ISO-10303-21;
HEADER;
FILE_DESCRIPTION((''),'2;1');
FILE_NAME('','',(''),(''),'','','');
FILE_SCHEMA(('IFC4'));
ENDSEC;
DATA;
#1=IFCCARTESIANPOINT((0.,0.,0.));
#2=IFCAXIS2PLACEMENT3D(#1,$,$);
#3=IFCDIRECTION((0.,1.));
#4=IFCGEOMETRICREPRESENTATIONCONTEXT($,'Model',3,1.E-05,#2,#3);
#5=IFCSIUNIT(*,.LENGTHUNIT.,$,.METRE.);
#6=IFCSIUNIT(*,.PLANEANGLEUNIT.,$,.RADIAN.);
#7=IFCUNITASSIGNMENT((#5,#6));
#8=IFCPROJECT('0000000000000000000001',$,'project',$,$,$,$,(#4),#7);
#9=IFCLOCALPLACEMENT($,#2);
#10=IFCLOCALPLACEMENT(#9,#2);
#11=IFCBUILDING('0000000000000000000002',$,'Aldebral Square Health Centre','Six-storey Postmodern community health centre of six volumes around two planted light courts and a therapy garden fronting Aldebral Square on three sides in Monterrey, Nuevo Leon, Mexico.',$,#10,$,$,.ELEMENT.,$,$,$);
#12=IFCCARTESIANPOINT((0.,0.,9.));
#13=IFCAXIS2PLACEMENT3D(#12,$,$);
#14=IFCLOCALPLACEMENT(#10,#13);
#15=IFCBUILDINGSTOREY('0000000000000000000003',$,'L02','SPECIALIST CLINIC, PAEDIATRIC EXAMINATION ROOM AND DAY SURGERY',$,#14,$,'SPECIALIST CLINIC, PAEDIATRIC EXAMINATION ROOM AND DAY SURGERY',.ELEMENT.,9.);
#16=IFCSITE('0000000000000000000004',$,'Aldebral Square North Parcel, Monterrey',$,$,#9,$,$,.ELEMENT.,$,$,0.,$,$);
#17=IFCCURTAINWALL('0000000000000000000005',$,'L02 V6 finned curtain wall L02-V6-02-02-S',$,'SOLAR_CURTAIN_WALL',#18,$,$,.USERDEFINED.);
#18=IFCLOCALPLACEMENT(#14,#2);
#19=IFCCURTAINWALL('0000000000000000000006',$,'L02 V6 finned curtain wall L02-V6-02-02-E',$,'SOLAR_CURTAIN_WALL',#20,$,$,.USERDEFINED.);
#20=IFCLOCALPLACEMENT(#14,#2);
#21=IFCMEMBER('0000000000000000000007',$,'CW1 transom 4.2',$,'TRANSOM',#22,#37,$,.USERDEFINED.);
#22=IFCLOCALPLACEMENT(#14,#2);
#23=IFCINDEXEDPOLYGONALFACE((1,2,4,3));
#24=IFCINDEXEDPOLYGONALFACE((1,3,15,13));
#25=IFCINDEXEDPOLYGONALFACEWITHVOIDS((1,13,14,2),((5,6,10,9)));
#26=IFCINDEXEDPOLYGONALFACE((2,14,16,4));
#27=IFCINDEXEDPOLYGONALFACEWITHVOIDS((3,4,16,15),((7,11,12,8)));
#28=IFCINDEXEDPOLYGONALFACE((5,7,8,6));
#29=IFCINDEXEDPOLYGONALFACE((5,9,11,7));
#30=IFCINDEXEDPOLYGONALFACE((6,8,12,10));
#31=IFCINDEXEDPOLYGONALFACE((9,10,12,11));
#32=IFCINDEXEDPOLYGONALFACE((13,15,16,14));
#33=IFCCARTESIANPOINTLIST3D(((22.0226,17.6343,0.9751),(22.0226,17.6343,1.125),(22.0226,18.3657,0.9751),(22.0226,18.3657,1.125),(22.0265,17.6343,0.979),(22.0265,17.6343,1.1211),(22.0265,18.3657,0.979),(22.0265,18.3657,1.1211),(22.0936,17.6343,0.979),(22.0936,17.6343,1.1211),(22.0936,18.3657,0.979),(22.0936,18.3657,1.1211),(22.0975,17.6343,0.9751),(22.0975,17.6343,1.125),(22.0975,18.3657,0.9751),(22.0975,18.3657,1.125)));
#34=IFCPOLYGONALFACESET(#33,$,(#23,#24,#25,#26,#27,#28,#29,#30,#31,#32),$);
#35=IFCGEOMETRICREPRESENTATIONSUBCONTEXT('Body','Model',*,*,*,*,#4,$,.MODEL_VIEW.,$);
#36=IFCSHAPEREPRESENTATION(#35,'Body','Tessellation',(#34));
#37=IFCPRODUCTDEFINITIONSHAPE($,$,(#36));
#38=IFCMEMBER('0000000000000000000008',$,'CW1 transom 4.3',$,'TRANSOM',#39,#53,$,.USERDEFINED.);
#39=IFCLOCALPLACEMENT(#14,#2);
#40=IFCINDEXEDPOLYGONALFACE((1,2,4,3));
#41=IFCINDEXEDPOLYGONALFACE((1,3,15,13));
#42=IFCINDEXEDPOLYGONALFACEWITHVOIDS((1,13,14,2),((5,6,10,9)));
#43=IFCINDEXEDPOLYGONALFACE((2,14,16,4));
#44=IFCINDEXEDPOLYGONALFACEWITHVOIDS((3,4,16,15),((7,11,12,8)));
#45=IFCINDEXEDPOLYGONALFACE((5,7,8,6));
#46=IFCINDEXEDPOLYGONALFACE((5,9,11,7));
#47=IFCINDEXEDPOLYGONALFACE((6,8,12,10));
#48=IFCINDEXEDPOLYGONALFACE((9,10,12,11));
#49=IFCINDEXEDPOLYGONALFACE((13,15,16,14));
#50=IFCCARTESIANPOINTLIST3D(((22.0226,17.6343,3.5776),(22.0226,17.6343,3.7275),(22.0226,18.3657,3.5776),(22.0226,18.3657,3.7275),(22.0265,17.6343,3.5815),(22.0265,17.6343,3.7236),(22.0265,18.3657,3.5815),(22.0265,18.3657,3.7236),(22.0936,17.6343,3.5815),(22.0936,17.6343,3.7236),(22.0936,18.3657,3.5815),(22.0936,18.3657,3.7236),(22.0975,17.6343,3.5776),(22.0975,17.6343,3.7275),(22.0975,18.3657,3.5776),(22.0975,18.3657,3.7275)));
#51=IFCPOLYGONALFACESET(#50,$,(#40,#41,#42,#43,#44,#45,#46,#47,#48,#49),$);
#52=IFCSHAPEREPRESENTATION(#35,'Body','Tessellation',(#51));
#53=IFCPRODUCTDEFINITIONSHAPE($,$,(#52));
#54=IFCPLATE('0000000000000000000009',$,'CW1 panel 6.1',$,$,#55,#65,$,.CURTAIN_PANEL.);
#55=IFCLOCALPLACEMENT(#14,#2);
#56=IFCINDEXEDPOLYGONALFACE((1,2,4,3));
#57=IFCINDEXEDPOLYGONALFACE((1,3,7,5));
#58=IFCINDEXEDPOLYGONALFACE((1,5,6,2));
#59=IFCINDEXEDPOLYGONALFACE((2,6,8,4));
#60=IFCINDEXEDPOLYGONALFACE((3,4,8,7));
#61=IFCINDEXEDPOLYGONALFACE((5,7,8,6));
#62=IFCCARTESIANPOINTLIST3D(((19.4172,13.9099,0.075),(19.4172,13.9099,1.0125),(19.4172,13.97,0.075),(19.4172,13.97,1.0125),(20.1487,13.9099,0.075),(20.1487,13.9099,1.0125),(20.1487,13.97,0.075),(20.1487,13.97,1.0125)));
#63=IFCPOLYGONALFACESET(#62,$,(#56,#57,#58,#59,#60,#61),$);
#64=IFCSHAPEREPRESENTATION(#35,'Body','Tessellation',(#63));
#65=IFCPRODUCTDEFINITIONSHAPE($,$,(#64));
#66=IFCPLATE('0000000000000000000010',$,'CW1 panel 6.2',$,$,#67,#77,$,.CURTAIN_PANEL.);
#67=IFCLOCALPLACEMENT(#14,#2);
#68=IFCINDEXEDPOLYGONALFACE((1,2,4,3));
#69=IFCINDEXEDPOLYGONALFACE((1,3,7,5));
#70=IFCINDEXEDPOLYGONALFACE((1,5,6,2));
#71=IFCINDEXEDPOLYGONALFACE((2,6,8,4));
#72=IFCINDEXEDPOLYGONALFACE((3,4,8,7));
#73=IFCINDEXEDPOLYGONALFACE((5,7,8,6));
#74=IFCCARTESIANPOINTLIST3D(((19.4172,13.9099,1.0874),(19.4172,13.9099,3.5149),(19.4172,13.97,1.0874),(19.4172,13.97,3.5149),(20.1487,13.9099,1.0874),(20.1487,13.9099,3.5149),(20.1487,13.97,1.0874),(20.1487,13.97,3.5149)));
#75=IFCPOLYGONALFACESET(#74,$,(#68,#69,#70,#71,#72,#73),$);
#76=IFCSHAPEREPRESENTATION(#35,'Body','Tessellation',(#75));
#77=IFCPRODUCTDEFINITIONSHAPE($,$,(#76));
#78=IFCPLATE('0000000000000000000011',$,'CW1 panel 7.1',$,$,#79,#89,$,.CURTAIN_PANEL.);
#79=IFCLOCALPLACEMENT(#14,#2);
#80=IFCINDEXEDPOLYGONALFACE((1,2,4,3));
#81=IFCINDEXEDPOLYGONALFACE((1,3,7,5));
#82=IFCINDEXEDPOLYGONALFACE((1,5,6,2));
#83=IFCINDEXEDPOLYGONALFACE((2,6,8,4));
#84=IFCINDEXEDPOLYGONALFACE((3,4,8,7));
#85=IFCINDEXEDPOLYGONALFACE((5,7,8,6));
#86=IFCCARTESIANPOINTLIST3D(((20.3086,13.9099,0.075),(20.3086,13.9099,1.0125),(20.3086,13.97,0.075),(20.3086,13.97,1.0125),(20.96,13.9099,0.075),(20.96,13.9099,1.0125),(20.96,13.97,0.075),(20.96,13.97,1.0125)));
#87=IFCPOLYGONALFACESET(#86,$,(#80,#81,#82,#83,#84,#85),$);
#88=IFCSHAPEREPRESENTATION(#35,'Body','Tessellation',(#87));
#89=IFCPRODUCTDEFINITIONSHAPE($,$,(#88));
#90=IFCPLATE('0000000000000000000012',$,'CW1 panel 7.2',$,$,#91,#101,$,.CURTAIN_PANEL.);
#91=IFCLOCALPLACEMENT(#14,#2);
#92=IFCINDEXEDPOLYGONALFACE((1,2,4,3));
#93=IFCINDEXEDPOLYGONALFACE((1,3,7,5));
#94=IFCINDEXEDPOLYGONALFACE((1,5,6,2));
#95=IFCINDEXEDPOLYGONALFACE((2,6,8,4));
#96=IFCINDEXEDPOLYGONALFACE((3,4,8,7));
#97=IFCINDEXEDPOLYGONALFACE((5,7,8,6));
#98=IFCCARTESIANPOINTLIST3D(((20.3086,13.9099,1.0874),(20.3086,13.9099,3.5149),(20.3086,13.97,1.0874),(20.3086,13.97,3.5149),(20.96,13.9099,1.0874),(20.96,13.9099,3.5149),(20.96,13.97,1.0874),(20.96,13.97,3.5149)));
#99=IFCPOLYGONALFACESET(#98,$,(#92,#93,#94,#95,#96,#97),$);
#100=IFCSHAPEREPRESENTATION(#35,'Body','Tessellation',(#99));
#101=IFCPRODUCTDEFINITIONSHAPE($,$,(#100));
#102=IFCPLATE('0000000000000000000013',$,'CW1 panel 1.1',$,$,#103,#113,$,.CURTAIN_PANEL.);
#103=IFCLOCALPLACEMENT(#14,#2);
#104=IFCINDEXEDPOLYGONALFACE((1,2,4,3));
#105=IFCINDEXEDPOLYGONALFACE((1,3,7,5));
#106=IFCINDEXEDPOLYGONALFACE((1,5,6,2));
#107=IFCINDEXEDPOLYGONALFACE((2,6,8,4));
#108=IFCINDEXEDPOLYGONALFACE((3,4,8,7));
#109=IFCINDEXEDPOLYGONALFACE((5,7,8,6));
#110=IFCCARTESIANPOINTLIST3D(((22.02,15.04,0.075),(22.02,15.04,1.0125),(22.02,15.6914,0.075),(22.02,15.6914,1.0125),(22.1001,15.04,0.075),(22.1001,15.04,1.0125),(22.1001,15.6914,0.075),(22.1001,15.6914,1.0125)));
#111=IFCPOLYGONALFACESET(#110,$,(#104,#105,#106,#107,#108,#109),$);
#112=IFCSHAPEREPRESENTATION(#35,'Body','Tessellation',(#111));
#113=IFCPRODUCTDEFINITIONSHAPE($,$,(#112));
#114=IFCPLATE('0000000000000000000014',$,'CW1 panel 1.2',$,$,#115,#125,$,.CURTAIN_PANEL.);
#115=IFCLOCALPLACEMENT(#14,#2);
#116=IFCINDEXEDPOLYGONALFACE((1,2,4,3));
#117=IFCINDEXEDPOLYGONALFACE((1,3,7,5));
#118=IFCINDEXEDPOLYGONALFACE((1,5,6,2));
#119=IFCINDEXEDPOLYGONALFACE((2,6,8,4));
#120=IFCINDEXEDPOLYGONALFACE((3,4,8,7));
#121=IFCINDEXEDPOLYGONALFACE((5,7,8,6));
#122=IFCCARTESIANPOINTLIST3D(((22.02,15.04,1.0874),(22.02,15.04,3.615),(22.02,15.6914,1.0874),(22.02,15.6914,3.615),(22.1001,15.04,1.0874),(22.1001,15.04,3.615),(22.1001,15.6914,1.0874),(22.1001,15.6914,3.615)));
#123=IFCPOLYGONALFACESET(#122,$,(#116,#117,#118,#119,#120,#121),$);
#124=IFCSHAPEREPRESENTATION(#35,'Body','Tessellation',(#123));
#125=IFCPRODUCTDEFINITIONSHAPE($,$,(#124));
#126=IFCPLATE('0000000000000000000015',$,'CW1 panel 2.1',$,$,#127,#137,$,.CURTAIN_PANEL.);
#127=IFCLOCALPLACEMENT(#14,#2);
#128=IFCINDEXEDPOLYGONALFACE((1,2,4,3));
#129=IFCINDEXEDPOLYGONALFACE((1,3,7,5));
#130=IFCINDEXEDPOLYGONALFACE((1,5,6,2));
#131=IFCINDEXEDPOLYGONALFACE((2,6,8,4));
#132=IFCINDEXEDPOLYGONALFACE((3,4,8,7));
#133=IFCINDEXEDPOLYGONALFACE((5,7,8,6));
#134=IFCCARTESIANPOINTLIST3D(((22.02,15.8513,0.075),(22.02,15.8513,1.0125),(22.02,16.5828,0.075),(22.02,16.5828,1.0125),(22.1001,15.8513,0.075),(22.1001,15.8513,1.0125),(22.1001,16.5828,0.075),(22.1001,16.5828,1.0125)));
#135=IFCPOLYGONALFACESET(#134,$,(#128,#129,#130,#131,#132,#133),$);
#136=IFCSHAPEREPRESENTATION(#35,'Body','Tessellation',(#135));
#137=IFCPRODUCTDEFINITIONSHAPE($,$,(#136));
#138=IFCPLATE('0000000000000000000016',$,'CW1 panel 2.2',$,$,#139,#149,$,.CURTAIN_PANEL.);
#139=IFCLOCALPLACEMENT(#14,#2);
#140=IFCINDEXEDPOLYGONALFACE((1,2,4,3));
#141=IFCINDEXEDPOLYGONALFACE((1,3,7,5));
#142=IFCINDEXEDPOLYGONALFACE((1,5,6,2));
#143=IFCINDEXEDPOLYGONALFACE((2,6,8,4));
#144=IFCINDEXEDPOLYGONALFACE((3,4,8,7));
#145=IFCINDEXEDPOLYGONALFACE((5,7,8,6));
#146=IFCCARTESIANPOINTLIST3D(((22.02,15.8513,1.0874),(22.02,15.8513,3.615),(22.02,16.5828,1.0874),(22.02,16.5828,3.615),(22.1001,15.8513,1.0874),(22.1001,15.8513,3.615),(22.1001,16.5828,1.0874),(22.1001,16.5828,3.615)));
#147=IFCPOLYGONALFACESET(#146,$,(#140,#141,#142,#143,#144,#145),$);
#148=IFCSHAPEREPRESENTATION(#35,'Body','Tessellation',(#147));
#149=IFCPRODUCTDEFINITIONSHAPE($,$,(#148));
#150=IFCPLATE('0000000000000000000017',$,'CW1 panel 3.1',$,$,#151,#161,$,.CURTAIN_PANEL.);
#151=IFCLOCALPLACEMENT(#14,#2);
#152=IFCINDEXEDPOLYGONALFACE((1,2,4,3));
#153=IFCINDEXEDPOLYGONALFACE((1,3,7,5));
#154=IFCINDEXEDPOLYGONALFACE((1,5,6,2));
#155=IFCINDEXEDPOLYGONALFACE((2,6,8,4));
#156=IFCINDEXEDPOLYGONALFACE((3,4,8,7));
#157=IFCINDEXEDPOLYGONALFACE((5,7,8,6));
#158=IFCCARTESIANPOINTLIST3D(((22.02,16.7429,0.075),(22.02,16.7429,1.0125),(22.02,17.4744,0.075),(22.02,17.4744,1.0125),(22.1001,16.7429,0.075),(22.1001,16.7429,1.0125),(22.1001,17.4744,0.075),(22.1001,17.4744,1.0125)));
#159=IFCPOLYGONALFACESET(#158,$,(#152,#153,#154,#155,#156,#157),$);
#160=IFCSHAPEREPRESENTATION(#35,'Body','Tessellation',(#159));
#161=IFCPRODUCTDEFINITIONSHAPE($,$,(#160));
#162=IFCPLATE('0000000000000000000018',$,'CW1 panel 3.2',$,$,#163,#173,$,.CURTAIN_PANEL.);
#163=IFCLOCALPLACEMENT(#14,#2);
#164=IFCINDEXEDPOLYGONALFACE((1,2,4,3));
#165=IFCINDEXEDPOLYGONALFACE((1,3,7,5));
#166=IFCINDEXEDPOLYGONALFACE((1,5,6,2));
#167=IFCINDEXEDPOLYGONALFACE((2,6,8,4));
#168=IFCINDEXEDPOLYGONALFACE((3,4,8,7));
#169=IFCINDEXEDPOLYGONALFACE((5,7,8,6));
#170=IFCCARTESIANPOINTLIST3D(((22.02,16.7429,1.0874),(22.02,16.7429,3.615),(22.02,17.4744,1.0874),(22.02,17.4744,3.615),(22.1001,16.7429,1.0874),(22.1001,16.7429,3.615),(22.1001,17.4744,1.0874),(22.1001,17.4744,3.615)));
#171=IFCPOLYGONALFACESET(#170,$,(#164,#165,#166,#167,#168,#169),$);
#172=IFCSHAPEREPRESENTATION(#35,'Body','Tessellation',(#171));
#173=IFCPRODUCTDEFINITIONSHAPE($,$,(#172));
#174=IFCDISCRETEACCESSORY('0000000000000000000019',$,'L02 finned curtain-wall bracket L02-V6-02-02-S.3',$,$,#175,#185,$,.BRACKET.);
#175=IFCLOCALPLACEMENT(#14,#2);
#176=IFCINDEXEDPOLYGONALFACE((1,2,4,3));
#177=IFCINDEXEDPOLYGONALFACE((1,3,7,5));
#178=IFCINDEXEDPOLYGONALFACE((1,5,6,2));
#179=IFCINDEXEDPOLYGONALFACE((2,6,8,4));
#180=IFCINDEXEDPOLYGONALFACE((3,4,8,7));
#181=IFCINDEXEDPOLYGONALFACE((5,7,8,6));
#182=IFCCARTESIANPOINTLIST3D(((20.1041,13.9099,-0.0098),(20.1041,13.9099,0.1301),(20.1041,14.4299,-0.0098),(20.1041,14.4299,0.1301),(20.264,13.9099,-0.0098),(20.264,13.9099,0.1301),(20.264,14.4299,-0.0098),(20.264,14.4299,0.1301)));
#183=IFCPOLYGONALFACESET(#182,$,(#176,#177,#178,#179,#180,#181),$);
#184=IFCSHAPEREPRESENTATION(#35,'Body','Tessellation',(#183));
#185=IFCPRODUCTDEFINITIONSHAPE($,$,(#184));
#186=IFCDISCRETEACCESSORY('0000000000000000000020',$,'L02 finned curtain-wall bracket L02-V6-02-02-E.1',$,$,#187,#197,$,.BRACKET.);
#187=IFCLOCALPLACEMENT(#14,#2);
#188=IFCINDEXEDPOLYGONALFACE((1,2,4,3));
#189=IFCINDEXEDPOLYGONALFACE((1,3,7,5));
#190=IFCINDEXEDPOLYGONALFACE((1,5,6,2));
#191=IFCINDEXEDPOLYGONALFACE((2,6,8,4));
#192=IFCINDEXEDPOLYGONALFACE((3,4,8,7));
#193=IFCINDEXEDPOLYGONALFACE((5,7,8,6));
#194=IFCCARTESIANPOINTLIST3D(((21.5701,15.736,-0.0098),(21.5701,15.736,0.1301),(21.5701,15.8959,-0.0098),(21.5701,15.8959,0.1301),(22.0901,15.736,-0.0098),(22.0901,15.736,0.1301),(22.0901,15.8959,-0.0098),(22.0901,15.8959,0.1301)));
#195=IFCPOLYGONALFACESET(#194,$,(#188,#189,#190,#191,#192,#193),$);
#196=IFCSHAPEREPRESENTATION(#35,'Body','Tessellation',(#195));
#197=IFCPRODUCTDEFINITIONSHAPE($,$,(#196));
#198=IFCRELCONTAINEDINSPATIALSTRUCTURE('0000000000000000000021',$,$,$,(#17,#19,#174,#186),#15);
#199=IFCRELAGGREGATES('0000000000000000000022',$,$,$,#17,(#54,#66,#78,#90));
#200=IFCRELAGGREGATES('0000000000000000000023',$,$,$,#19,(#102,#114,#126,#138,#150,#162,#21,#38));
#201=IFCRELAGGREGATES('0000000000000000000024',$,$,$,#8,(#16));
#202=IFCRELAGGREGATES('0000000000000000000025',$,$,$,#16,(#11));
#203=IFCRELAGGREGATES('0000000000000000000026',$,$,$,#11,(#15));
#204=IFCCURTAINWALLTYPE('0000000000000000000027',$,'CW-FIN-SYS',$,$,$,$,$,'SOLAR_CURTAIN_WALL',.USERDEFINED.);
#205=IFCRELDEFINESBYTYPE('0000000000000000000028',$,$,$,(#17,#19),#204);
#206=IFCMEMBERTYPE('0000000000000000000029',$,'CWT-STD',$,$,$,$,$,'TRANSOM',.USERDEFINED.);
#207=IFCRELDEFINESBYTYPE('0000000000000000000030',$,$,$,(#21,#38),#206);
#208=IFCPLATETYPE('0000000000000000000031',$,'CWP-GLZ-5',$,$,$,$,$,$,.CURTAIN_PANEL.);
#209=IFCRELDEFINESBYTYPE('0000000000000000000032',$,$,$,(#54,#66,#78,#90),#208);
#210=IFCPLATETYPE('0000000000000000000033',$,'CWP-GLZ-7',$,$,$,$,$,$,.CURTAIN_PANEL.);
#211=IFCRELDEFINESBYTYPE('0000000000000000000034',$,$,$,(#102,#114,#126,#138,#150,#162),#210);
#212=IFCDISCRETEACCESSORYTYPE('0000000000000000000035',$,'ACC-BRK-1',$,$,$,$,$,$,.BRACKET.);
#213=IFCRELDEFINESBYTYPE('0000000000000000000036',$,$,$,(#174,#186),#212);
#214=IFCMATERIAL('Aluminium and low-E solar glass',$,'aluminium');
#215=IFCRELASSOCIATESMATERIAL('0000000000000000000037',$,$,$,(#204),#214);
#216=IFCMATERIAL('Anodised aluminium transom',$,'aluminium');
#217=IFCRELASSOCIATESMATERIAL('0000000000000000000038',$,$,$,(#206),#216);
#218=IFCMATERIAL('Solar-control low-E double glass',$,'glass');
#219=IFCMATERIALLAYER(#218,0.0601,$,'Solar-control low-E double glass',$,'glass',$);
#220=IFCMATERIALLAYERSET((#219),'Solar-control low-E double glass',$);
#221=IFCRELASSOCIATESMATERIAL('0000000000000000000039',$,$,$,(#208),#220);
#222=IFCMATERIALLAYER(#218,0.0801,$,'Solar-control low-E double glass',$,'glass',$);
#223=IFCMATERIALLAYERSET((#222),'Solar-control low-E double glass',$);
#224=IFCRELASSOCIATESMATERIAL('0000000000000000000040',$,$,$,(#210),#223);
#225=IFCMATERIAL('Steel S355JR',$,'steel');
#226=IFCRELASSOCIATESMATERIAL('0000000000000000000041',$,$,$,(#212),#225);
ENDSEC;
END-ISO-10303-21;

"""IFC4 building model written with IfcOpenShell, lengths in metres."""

from ifc_helpers import new_model, si_unit, direction, frame, origin, origin_2d, place, context, subcontext, project, spatial, rectangle, hollow_rectangle, extrude, material, layer, layer_set, material_profile, profile_set, type_object, element, aggregate, save


model = new_model("IFC4")

# Units and contexts
model_context = context("Model", 3, precision=1e-05, world=origin(), true_north=direction((0.0, 1.0)))
body_context = subcontext(model_context, "Body", "Model", "MODEL_VIEW")
ifc_project = project(units=[si_unit("LENGTHUNIT", "METRE"), si_unit("PLANEANGLEUNIT", "RADIAN")], contexts=[model_context])

# Site, building, storey
site_placement = place(None, origin())
site = spatial("IfcSite", under=ifc_project, at=site_placement, Name="Aldebral Square North Parcel, Monterrey", CompositionType="ELEMENT", RefElevation=0.0)
building_placement = place(site_placement, origin())
building = spatial("IfcBuilding", under=site, at=building_placement, Name="Aldebral Square Health Centre", Description="Six-storey Postmodern community health centre of six volumes around two planted light courts and a therapy garden fronting Aldebral Square on three sides in Monterrey, Nuevo Leon, Mexico.", CompositionType="ELEMENT")
storey_placement = place(building_placement, frame((0.0, 0.0, 9.0)))
storey = spatial("IfcBuildingStorey", under=building, at=storey_placement, Name="L02", Description="SPECIALIST CLINIC, PAEDIATRIC EXAMINATION ROOM AND DAY SURGERY", LongName="SPECIALIST CLINIC, PAEDIATRIC EXAMINATION ROOM AND DAY SURGERY", CompositionType="ELEMENT", Elevation=9.0)

# Curtain walls
ifc_material_1 = material(Name="Aluminium and low-E solar glass", Category="aluminium")
curtain_wall_type = type_object("IfcCurtainWallType", Name="CW-FIN-SYS", ElementType="SOLAR_CURTAIN_WALL", PredefinedType="USERDEFINED", material=ifc_material_1)
curtain_wall_1_placement = place(storey_placement, origin())
curtain_wall_1 = element("IfcCurtainWall", 1, at=curtain_wall_1_placement, inside=storey, type_object=curtain_wall_type, Name="L02 V6 finned curtain wall L02-V6-02-02-S", ObjectType="SOLAR_CURTAIN_WALL", PredefinedType="USERDEFINED")
curtain_wall_2_placement = place(storey_placement, origin())
curtain_wall_2 = element("IfcCurtainWall", 2, at=curtain_wall_2_placement, inside=storey, type_object=curtain_wall_type, Name="L02 V6 finned curtain wall L02-V6-02-02-E", ObjectType="SOLAR_CURTAIN_WALL", PredefinedType="USERDEFINED")

# Members
ifc_material_2 = material(Name="Anodised aluminium transom", Category="aluminium")
ifc_material_profile_1 = material_profile(ifc_material_2, hollow_rectangle(XDim=0.075, YDim=0.1499, WallThickness=0.0039, at=origin_2d()), Name="CWT 75x150x4")
ifc_profile_set_1 = profile_set([ifc_material_profile_1], Name="Anodised aluminium transom")
member_type_1 = type_object("IfcMemberType", Name="CWT-STD", ElementType="TRANSOM", PredefinedType="USERDEFINED", material=ifc_profile_set_1)
member_1_placement = place(storey_placement, frame((22.0601, 17.6343, 1.05), z_axis=(0.0, 1.0, 0.0), x_axis=(-1.0, 0.0, 0.0)))
member_1 = element("IfcMember", 3, at=member_1_placement, type_object=member_type_1, Name="CW1 transom 4.2", ObjectType="TRANSOM", PredefinedType="USERDEFINED", context=body_context, shape_type="SweptSolid", body=[
    extrude(hollow_rectangle(XDim=0.075, YDim=0.1499, WallThickness=0.0039, at=origin_2d()), origin(), (0.0, 0.0, 1.0), 0.7314),
])
member_2_placement = place(storey_placement, frame((22.0601, 17.6343, 3.6526), z_axis=(0.0, 1.0, 0.0), x_axis=(-1.0, 0.0, 0.0)))
member_2 = element("IfcMember", 4, at=member_2_placement, type_object=member_type_1, Name="CW1 transom 4.3", ObjectType="TRANSOM", PredefinedType="USERDEFINED", context=body_context, shape_type="SweptSolid", body=[
    extrude(hollow_rectangle(XDim=0.075, YDim=0.1499, WallThickness=0.0039, at=origin_2d()), origin(), (0.0, 0.0, 1.0), 0.7314),
])

# Plates
ifc_material_3 = material(Name="Solar-control low-E double glass", Category="glass")
ifc_layer_1 = layer(ifc_material_3, 0.0601, Name="Solar-control low-E double glass", Category="glass")
ifc_layer_set_1 = layer_set([ifc_layer_1], Name="Solar-control low-E double glass")
plate_type_1 = type_object("IfcPlateType", Name="CWP-GLZ-5", PredefinedType="CURTAIN_PANEL", material=ifc_layer_set_1)
plate_1_placement = place(storey_placement, frame((19.783, 13.9399, 0.075), z_axis=(0.0, 0.0, 1.0), x_axis=(1.0, 0.0, 0.0)))
plate_1 = element("IfcPlate", 5, at=plate_1_placement, type_object=plate_type_1, Name="CW1 panel 6.1", PredefinedType="CURTAIN_PANEL", context=body_context, shape_type="SweptSolid", body=[
    extrude(rectangle(XDim=0.7314, YDim=0.0601, at=origin_2d()), origin(), (0.0, 0.0, 1.0), 0.9375),
])
plate_2_placement = place(storey_placement, frame((19.783, 13.9399, 1.0874), z_axis=(0.0, 0.0, 1.0), x_axis=(1.0, 0.0, 0.0)))
plate_2 = element("IfcPlate", 6, at=plate_2_placement, type_object=plate_type_1, Name="CW1 panel 6.2", PredefinedType="CURTAIN_PANEL", context=body_context, shape_type="SweptSolid", body=[
    extrude(rectangle(XDim=0.7314, YDim=0.0601, at=origin_2d()), origin(), (0.0, 0.0, 1.0), 2.4275),
])
plate_3_placement = place(storey_placement, frame((20.6343, 13.9399, 0.075), z_axis=(0.0, 0.0, 1.0), x_axis=(1.0, 0.0, 0.0)))
plate_3 = element("IfcPlate", 7, at=plate_3_placement, type_object=plate_type_1, Name="CW1 panel 7.1", PredefinedType="CURTAIN_PANEL", context=body_context, shape_type="SweptSolid", body=[
    extrude(rectangle(XDim=0.6514, YDim=0.0601, at=origin_2d()), origin(), (0.0, 0.0, 1.0), 0.9375),
])
plate_4_placement = place(storey_placement, frame((20.6343, 13.9399, 1.0874), z_axis=(0.0, 0.0, 1.0), x_axis=(1.0, 0.0, 0.0)))
plate_4 = element("IfcPlate", 8, at=plate_4_placement, type_object=plate_type_1, Name="CW1 panel 7.2", PredefinedType="CURTAIN_PANEL", context=body_context, shape_type="SweptSolid", body=[
    extrude(rectangle(XDim=0.6514, YDim=0.0601, at=origin_2d()), origin(), (0.0, 0.0, 1.0), 2.4275),
])
aggregate(curtain_wall_1, [plate_1, plate_2, plate_3, plate_4])
ifc_layer_2 = layer(ifc_material_3, 0.0801, Name="Solar-control low-E double glass", Category="glass")
ifc_layer_set_2 = layer_set([ifc_layer_2], Name="Solar-control low-E double glass")
plate_type_2 = type_object("IfcPlateType", Name="CWP-GLZ-7", PredefinedType="CURTAIN_PANEL", material=ifc_layer_set_2)
plate_5_placement = place(storey_placement, frame((22.0601, 15.3657, 0.075), z_axis=(0.0, 0.0, 1.0), x_axis=(0.0, 1.0, 0.0)))
plate_5 = element("IfcPlate", 9, at=plate_5_placement, type_object=plate_type_2, Name="CW1 panel 1.1", PredefinedType="CURTAIN_PANEL", context=body_context, shape_type="SweptSolid", body=[
    extrude(rectangle(XDim=0.6514, YDim=0.0801, at=origin_2d()), origin(), (0.0, 0.0, 1.0), 0.9375),
])
plate_6_placement = place(storey_placement, frame((22.0601, 15.3657, 1.0874), z_axis=(0.0, 0.0, 1.0), x_axis=(0.0, 1.0, 0.0)))
plate_6 = element("IfcPlate", 10, at=plate_6_placement, type_object=plate_type_2, Name="CW1 panel 1.2", PredefinedType="CURTAIN_PANEL", context=body_context, shape_type="SweptSolid", body=[
    extrude(rectangle(XDim=0.6514, YDim=0.0801, at=origin_2d()), origin(), (0.0, 0.0, 1.0), 2.5276),
])
plate_7_placement = place(storey_placement, frame((22.0601, 16.217, 0.075), z_axis=(0.0, 0.0, 1.0), x_axis=(0.0, 1.0, 0.0)))
plate_7 = element("IfcPlate", 11, at=plate_7_placement, type_object=plate_type_2, Name="CW1 panel 2.1", PredefinedType="CURTAIN_PANEL", context=body_context, shape_type="SweptSolid", body=[
    extrude(rectangle(XDim=0.7314, YDim=0.0801, at=origin_2d()), origin(), (0.0, 0.0, 1.0), 0.9375),
])
plate_8_placement = place(storey_placement, frame((22.0601, 16.217, 1.0874), z_axis=(0.0, 0.0, 1.0), x_axis=(0.0, 1.0, 0.0)))
plate_8 = element("IfcPlate", 12, at=plate_8_placement, type_object=plate_type_2, Name="CW1 panel 2.2", PredefinedType="CURTAIN_PANEL", context=body_context, shape_type="SweptSolid", body=[
    extrude(rectangle(XDim=0.7314, YDim=0.0801, at=origin_2d()), origin(), (0.0, 0.0, 1.0), 2.5276),
])
plate_9_placement = place(storey_placement, frame((22.0601, 17.1086, 0.075), z_axis=(0.0, 0.0, 1.0), x_axis=(0.0, 1.0, 0.0)))
plate_9 = element("IfcPlate", 13, at=plate_9_placement, type_object=plate_type_2, Name="CW1 panel 3.1", PredefinedType="CURTAIN_PANEL", context=body_context, shape_type="SweptSolid", body=[
    extrude(rectangle(XDim=0.7314, YDim=0.0801, at=origin_2d()), origin(), (0.0, 0.0, 1.0), 0.9375),
])
plate_10_placement = place(storey_placement, frame((22.0601, 17.1086, 1.0874), z_axis=(0.0, 0.0, 1.0), x_axis=(0.0, 1.0, 0.0)))
plate_10 = element("IfcPlate", 14, at=plate_10_placement, type_object=plate_type_2, Name="CW1 panel 3.2", PredefinedType="CURTAIN_PANEL", context=body_context, shape_type="SweptSolid", body=[
    extrude(rectangle(XDim=0.7314, YDim=0.0801, at=origin_2d()), origin(), (0.0, 0.0, 1.0), 2.5276),
])
aggregate(curtain_wall_2, [plate_5, plate_6, plate_7, plate_8, plate_9, plate_10, member_1, member_2])

# Discrete accessories
ifc_material_4 = material(Name="Steel S355JR", Category="steel")
discrete_accessory_type = type_object("IfcDiscreteAccessoryType", Name="ACC-BRK-1", PredefinedType="BRACKET", material=ifc_material_4)
for number, where, z_axis, x_axis, name in (
    (15, (20.1841, 14.1699, -0.0098), (0.0, 0.0, 1.0), (1.0, 0.0, 0.0), "L02 finned curtain-wall bracket L02-V6-02-02-S.3"),
    (16, (21.8301, 15.8159, -0.0098), (0.0, 0.0, 1.0), (0.0, 1.0, 0.0), "L02 finned curtain-wall bracket L02-V6-02-02-E.1"),
):
    element("IfcDiscreteAccessory", number, at=place(storey_placement, frame(where, z_axis=z_axis, x_axis=x_axis)), inside=storey, type_object=discrete_accessory_type, Name=name, PredefinedType="BRACKET", context=body_context, shape_type="SweptSolid", body=[
        extrude(rectangle(XDim=0.1599, YDim=0.52, at=origin_2d()), origin(), (0.0, 0.0, 1.0), 0.1399),
    ])

save(model, "model.ifc")
